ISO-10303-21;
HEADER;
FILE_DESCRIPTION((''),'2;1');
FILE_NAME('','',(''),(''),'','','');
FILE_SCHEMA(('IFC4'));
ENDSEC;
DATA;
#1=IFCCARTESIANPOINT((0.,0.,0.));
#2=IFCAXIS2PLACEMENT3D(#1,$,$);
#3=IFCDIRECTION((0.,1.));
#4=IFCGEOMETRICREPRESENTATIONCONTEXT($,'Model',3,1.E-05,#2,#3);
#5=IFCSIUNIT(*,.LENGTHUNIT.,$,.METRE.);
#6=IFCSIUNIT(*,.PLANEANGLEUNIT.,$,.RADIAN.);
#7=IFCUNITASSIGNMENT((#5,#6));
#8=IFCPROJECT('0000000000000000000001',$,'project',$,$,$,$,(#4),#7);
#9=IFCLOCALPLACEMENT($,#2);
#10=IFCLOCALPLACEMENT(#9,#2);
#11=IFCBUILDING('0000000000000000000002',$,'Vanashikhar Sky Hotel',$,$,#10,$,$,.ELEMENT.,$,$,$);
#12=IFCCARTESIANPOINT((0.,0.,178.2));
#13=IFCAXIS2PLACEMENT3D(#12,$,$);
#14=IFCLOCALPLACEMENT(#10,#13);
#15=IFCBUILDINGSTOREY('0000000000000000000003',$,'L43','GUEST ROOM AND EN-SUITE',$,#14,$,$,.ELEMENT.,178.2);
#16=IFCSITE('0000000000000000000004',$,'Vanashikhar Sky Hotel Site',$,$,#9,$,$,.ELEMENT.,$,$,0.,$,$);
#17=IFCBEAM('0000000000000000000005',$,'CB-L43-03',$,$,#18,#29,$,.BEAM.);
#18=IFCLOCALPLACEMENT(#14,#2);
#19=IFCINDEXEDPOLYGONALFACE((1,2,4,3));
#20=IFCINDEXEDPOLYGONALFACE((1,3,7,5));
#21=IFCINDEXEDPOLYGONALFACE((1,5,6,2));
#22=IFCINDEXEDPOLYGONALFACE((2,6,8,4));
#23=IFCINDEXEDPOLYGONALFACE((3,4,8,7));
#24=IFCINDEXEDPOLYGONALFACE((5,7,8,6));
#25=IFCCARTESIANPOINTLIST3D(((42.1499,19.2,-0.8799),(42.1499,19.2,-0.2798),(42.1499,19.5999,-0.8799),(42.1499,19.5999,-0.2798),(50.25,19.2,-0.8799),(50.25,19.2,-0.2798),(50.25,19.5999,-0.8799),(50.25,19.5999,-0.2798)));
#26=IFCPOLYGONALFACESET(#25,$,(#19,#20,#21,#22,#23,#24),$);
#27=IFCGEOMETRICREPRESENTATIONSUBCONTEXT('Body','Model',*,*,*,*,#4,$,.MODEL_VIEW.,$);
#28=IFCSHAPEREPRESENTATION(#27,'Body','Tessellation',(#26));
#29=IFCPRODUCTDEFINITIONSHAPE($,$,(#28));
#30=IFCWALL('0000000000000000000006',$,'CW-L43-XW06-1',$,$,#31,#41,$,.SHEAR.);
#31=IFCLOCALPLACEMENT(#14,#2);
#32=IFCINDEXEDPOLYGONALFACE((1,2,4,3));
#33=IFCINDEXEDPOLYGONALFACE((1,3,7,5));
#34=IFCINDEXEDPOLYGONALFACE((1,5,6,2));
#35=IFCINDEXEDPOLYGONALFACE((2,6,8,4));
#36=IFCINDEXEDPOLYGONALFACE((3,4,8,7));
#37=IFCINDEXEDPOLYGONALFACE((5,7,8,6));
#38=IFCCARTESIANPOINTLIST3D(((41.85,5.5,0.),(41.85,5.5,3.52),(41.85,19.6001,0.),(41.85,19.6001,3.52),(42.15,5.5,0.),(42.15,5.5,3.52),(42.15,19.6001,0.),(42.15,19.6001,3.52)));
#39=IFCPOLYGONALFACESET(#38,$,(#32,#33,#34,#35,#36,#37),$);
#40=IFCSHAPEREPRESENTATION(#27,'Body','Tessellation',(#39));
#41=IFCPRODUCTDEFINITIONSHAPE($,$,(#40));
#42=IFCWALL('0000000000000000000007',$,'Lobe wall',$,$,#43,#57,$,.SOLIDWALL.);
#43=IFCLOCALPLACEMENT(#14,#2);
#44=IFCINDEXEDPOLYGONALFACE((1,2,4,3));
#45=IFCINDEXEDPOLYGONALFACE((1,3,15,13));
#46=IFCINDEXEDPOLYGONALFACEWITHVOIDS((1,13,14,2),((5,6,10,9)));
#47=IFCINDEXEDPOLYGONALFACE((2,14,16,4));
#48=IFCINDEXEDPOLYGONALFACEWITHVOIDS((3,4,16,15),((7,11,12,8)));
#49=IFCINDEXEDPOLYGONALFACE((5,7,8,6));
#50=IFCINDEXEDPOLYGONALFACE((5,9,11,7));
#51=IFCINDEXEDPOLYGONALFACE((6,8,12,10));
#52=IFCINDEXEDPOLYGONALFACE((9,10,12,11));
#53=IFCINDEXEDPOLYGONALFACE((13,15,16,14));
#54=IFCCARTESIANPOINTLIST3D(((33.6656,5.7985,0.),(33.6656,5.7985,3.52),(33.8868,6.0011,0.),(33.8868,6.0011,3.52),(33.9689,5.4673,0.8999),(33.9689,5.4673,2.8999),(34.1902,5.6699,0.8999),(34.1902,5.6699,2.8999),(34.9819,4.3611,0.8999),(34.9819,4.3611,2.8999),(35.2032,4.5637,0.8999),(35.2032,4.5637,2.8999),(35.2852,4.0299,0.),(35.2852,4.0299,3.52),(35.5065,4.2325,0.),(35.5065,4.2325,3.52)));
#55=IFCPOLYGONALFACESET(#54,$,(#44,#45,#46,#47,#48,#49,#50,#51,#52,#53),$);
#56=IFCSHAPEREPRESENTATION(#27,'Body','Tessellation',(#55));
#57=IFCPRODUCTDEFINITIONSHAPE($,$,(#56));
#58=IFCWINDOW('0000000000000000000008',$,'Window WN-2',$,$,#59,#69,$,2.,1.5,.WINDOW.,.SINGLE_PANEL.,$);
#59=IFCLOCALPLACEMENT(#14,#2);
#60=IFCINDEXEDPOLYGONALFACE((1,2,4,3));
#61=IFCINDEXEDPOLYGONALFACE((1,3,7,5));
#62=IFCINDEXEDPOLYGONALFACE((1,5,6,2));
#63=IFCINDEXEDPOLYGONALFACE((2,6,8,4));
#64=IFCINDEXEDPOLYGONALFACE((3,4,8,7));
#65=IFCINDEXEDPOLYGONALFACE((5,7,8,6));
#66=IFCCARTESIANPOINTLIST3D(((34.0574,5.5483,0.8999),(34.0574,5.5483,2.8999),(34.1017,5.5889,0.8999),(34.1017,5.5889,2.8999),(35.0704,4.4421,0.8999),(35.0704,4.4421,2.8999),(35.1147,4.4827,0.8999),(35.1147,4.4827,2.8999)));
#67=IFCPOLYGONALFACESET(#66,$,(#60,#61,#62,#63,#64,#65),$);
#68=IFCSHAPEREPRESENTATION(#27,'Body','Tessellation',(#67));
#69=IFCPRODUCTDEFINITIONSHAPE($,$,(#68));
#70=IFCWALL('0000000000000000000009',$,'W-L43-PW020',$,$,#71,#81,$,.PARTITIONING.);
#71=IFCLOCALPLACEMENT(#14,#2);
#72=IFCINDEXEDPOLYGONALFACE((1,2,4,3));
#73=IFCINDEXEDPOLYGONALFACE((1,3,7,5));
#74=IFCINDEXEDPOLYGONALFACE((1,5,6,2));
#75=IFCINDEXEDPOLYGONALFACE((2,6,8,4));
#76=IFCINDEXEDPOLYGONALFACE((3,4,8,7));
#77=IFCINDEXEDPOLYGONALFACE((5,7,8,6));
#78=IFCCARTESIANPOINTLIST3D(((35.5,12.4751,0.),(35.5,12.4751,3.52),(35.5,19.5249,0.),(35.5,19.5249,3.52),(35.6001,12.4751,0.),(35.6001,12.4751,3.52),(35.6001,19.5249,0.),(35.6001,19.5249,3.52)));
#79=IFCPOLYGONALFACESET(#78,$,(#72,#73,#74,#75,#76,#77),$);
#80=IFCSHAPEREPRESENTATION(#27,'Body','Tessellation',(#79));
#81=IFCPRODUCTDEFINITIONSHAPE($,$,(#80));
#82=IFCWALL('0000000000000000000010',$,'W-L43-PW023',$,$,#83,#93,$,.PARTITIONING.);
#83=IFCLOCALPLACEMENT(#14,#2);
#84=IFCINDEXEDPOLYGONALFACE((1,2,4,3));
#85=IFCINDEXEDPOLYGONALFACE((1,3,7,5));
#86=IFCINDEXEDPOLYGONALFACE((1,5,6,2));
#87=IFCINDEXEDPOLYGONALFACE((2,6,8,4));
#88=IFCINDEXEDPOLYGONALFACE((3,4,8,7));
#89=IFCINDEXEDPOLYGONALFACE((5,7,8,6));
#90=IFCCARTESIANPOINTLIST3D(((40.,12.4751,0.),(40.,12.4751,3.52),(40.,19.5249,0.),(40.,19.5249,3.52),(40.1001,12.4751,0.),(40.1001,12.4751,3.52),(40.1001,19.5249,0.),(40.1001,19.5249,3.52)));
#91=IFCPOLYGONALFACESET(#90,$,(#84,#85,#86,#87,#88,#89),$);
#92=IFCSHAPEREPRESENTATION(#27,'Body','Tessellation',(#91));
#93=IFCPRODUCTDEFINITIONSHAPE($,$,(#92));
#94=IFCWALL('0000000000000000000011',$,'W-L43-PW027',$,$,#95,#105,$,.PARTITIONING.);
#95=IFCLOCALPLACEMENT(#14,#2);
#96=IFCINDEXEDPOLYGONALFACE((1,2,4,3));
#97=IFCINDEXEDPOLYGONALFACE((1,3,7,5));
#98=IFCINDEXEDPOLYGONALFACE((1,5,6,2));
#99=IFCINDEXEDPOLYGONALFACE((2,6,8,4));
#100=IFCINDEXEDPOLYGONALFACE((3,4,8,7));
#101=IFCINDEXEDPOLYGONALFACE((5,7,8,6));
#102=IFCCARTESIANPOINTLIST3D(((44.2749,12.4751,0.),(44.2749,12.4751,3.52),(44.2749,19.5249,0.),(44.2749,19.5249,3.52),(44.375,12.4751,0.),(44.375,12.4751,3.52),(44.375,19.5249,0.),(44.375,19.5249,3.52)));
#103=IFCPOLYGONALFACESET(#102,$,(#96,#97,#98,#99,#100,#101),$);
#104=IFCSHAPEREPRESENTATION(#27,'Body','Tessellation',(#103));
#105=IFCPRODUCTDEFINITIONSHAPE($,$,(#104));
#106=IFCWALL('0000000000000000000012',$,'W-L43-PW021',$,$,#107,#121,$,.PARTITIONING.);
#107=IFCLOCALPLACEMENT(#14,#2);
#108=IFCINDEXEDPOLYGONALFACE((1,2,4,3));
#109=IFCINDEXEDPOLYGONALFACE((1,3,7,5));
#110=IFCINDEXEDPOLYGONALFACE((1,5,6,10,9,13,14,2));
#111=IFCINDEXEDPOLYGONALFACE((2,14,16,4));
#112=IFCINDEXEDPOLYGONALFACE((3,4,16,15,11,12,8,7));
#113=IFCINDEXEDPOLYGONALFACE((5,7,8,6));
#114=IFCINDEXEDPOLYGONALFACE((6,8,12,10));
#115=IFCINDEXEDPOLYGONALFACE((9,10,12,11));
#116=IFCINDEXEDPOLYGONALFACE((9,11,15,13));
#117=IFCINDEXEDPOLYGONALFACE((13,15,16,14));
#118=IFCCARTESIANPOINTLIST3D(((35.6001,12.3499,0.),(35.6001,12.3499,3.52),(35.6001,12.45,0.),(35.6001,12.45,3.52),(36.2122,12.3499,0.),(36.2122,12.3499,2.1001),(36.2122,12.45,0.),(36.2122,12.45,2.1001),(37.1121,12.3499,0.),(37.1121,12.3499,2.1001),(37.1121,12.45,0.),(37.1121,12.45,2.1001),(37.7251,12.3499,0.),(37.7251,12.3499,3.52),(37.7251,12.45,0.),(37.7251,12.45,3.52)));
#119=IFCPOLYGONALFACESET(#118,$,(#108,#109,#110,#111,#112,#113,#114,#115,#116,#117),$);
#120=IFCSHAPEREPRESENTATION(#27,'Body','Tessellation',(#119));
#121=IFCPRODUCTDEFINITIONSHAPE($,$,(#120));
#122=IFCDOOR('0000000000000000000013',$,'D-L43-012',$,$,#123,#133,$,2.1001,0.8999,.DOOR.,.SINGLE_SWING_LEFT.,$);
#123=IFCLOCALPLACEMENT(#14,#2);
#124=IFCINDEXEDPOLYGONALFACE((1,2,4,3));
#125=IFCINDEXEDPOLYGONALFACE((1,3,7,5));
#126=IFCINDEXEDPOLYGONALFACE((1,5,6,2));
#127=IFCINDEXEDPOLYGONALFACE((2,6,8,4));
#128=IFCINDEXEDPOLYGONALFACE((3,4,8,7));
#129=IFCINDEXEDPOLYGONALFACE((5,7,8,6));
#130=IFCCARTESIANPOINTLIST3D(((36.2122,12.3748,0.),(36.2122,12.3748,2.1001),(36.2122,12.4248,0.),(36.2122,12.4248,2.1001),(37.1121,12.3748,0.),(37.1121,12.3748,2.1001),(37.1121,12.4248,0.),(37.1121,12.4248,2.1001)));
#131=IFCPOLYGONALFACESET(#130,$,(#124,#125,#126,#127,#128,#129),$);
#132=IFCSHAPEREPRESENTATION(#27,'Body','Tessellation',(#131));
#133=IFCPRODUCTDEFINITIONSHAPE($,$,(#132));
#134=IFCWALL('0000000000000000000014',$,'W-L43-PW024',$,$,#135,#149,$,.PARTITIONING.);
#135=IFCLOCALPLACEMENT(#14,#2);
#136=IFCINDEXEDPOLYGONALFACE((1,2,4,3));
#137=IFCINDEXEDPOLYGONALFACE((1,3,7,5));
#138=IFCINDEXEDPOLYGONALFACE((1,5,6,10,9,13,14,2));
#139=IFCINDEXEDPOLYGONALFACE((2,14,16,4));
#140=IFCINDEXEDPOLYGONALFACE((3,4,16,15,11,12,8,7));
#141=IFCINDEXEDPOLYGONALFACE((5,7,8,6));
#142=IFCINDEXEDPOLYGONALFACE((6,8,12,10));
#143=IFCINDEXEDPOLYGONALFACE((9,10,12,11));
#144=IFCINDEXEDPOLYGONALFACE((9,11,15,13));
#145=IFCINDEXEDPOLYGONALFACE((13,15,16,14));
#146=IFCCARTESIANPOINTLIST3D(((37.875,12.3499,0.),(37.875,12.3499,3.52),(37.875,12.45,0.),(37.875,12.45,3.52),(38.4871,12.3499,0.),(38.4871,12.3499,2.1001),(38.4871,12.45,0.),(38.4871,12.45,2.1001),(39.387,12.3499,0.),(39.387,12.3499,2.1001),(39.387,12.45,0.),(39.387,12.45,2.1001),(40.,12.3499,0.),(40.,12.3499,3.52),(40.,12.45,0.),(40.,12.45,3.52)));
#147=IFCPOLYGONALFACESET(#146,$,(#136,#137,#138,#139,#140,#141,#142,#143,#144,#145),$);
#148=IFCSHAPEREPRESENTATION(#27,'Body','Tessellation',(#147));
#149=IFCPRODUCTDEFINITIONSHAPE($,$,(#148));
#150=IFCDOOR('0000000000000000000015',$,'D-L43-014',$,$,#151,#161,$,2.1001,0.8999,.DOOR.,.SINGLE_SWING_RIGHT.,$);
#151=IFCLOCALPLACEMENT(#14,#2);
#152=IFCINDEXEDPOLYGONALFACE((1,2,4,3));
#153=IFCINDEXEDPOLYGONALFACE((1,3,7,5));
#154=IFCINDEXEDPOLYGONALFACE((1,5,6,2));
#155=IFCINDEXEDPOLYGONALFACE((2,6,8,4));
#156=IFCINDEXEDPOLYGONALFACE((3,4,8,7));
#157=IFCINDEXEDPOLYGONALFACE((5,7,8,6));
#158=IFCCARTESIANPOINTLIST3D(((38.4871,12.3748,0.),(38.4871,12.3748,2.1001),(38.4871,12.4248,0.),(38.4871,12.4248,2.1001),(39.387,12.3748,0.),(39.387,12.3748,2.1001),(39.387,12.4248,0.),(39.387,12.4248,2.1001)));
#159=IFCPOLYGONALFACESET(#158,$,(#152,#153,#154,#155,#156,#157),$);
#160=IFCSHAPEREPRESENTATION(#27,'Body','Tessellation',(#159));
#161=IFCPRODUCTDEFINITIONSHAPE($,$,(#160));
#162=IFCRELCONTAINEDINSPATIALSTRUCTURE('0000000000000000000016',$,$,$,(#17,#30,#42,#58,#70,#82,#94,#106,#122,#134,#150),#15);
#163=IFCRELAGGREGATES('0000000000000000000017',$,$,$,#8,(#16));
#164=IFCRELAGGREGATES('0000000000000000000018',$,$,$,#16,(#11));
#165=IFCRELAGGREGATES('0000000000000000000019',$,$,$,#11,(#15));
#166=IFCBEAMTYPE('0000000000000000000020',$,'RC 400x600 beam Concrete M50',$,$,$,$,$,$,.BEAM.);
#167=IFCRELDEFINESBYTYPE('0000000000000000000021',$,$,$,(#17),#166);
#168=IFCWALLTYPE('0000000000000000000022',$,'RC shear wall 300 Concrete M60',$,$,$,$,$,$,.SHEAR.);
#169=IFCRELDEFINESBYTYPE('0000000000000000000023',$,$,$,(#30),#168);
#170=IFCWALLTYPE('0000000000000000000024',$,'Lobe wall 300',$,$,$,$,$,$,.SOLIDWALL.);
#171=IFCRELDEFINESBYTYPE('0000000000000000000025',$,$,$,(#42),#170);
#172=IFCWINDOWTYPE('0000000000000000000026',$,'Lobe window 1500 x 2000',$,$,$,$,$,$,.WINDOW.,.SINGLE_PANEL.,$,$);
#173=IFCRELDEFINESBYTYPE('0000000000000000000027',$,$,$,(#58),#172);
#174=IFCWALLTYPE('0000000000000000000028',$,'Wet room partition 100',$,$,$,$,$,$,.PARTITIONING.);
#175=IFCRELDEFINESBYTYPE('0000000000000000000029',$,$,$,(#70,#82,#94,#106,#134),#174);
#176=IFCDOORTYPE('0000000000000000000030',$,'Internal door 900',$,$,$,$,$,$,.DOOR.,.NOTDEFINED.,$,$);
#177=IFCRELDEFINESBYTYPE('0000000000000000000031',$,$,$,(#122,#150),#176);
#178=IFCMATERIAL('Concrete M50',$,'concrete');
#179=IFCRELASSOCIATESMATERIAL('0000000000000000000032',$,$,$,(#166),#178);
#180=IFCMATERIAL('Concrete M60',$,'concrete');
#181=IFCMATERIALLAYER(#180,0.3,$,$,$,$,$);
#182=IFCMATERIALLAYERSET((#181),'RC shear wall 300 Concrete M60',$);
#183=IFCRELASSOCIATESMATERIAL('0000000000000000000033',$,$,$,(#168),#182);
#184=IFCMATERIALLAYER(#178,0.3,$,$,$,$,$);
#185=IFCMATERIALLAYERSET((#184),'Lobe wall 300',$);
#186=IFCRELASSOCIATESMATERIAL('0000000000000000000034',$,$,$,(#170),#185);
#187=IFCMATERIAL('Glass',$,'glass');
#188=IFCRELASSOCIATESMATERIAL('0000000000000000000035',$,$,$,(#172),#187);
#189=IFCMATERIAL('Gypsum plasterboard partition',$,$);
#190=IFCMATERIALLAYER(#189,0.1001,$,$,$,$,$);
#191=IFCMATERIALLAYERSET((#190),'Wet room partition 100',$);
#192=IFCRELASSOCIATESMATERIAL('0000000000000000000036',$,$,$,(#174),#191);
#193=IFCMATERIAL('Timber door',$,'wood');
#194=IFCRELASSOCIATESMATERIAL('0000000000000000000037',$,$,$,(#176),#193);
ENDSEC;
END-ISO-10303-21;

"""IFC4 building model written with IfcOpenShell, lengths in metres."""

from ifc_helpers import new_model, si_unit, direction, frame, frame_2d, origin, origin_2d, place, context, subcontext, project, spatial, rectangle, extrude, source, transform, mapped, material, layer, layer_set, material_profile, profile_set, type_object, element, fill, save


model = new_model("IFC4")

# Units and contexts
model_context = context("Model", 3, precision=1e-05, world=origin(), true_north=direction((0.0, 1.0)))
body_context = subcontext(model_context, "Body", "Model", "MODEL_VIEW")
ifc_project = project(units=[si_unit("LENGTHUNIT", "METRE"), si_unit("PLANEANGLEUNIT", "RADIAN")], contexts=[model_context])

# Site, building, storey
site_placement = place(None, origin())
site = spatial("IfcSite", under=ifc_project, at=site_placement, Name="Vanashikhar Sky Hotel Site", CompositionType="ELEMENT", RefElevation=0.0)
building_placement = place(site_placement, origin())
building = spatial("IfcBuilding", under=site, at=building_placement, Name="Vanashikhar Sky Hotel", CompositionType="ELEMENT")
storey_placement = place(building_placement, frame((0.0, 0.0, 178.2)))
storey = spatial("IfcBuildingStorey", under=building, at=storey_placement, Name="L43", Description="GUEST ROOM AND EN-SUITE", CompositionType="ELEMENT", Elevation=178.2)

# Beam
ifc_material_1 = material(Name="Concrete M50", Category="concrete")
ifc_material_profile = material_profile(ifc_material_1, rectangle(XDim=0.3999, YDim=0.6001, at=origin_2d()))
ifc_profile_set = profile_set([ifc_material_profile], Name="RC 400x600 beam Concrete M50")
beam_type = type_object("IfcBeamType", Name="RC 400x600 beam Concrete M50", PredefinedType="BEAM", material=ifc_profile_set)
shared_shape_1 = source(origin(), body_context, "Body", "SweptSolid", [
    extrude(rectangle(XDim=0.3999, YDim=0.6001, at=origin_2d()), origin(), (0.0, 0.0, 1.0), 8.1001),
])
beam_placement = place(storey_placement, frame((42.1499, 19.3999, -0.5798), z_axis=(1.0, 0.0, 0.0), x_axis=(0.0, 1.0, 0.0)))
element("IfcBeam", 1, at=beam_placement, inside=storey, type_object=beam_type, Name="CB-L43-03", PredefinedType="BEAM", context=body_context, shape_type="MappedRepresentation", body=[
    mapped(shared_shape_1, transform((0.0, 0.0, 0.0), scale=1.0)),
])

# Wall
ifc_material_2 = material(Name="Concrete M60", Category="concrete")
ifc_layer_1 = layer(ifc_material_2, 0.3)
ifc_layer_set_1 = layer_set([ifc_layer_1], Name="RC shear wall 300 Concrete M60")
wall_type_1 = type_object("IfcWallType", Name="RC shear wall 300 Concrete M60", PredefinedType="SHEAR", material=ifc_layer_set_1)
shared_shape_2 = source(origin(), body_context, "Body", "SweptSolid", [
    extrude(rectangle(XDim=14.1001, YDim=0.3, at=frame_2d((7.05, 0.0))), origin(), (0.0, 0.0, 1.0), 3.52),
])
wall_1_placement = place(storey_placement, frame((42.0, 5.5, 0.0), z_axis=(0.0, 0.0, 1.0), x_axis=(0.0, 1.0, 0.0)))
element("IfcWall", 2, at=wall_1_placement, inside=storey, type_object=wall_type_1, Name="CW-L43-XW06-1", PredefinedType="SHEAR", context=body_context, shape_type="MappedRepresentation", body=[
    mapped(shared_shape_2, transform((0.0, 0.0, 0.0), scale=1.0)),
])

# Wall, opening, window
ifc_layer_2 = layer(ifc_material_1, 0.3)
ifc_layer_set_2 = layer_set([ifc_layer_2], Name="Lobe wall 300")
wall_type_2 = type_object("IfcWallType", Name="Lobe wall 300", PredefinedType="SOLIDWALL", material=ifc_layer_set_2)
shared_shape_3 = source(origin(), body_context, "Body", "SweptSolid", [
    extrude(rectangle(XDim=2.3982, YDim=0.3, at=frame_2d((1.1992, 0.0))), origin(), (0.0, 0.0, 1.0), 3.52),
])
wall_2_placement = place(storey_placement, frame((33.7761, 5.8999, 0.0), z_axis=(0.0, 0.0, 1.0), x_axis=(0.675374, -0.737475, 0.0)))
wall_2 = element("IfcWall", 3, at=wall_2_placement, inside=storey, type_object=wall_type_2, Name="Lobe wall", PredefinedType="SOLIDWALL", context=body_context, shape_type="MappedRepresentation", body=[
    mapped(shared_shape_3, transform((0.0, 0.0, 0.0), scale=1.0)),
])
shared_shape_4 = source(origin(), body_context, "Body", "SweptSolid", [
    extrude(rectangle(XDim=1.5, YDim=2.0, at=frame_2d((0.75, 1.0))), frame((0.0, 0.1602, 0.0), z_axis=(0.0, -1.0, 0.0), x_axis=(1.0, 0.0, 0.0)), (0.0, 0.0, 1.0), 0.3201),
])
opening_1_placement = place(wall_2_placement, frame((0.4492, 0.0, 0.8999)))
opening_1 = element("IfcOpeningElement", 4, at=opening_1_placement, cuts=wall_2, PredefinedType="OPENING", context=body_context, shape_type="MappedRepresentation", body=[
    mapped(shared_shape_4, transform((0.0, 0.0, 0.0), scale=1.0)),
])
ifc_material_3 = material(Name="Glass", Category="glass")
window_type = type_object("IfcWindowType", Name="Lobe window 1500 x 2000", PartitioningType="SINGLE_PANEL", PredefinedType="WINDOW", material=ifc_material_3)
shared_shape_5 = source(origin(), body_context, "Body", "SweptSolid", [
    extrude(rectangle(XDim=1.5, YDim=2.0, at=frame_2d((0.75, 1.0))), frame((0.0, 0.03, 0.0), z_axis=(0.0, -1.0, 0.0), x_axis=(1.0, 0.0, 0.0)), (0.0, 0.0, 1.0), 0.0601),
])
window_placement = place(opening_1_placement, origin())
window = element("IfcWindow", 5, at=window_placement, inside=storey, type_object=window_type, Name="Window WN-2", OverallHeight=2.0, OverallWidth=1.5, PartitioningType="SINGLE_PANEL", PredefinedType="WINDOW", context=body_context, shape_type="MappedRepresentation", body=[
    mapped(shared_shape_5, transform((0.0, 0.0, 0.0), scale=1.0)),
])
fill(opening_1, window)

# Walls
ifc_material_4 = material(Name="Gypsum plasterboard partition")
ifc_layer_3 = layer(ifc_material_4, 0.1001)
ifc_layer_set_3 = layer_set([ifc_layer_3], Name="Wet room partition 100")
wall_type_3 = type_object("IfcWallType", Name="Wet room partition 100", PredefinedType="PARTITIONING", material=ifc_layer_set_3)
shared_shape_6 = source(origin(), body_context, "Body", "SweptSolid", [
    extrude(rectangle(XDim=7.0498, YDim=0.1001, at=frame_2d((3.5249, 0.0))), origin(), (0.0, 0.0, 1.0), 3.52),
])
for number, where, z_axis, x_axis, name in (
    (6, (35.55, 12.4751, 0.0), (0.0, 0.0, 1.0), (0.0, 1.0, 0.0), "W-L43-PW020"),
    (7, (40.05, 12.4751, 0.0), (0.0, 0.0, 1.0), (0.0, 1.0, 0.0), "W-L43-PW023"),
    (8, (44.325, 12.4751, 0.0), (0.0, 0.0, 1.0), (0.0, 1.0, 0.0), "W-L43-PW027"),
):
    element("IfcWall", number, at=place(storey_placement, frame(where, z_axis=z_axis, x_axis=x_axis)), inside=storey, type_object=wall_type_3, Name=name, PredefinedType="PARTITIONING", context=body_context, shape_type="MappedRepresentation", body=[
        mapped(shared_shape_6, transform((0.0, 0.0, 0.0), scale=1.0)),
    ])

# Walls, openings, doors
shared_shape_7 = source(origin(), body_context, "Body", "SweptSolid", [
    extrude(rectangle(XDim=2.125, YDim=0.1001, at=frame_2d((1.0625, 0.0))), origin(), (0.0, 0.0, 1.0), 3.52),
])
wall_3_placement = place(storey_placement, frame((35.6001, 12.3999, 0.0), z_axis=(0.0, 0.0, 1.0), x_axis=(1.0, 0.0, 0.0)))
wall_3 = element("IfcWall", 9, at=wall_3_placement, inside=storey, type_object=wall_type_3, Name="W-L43-PW021", PredefinedType="PARTITIONING", context=body_context, shape_type="MappedRepresentation", body=[
    mapped(shared_shape_7, transform((0.0, 0.0, 0.0), scale=1.0)),
])
shared_shape_8 = source(origin(), body_context, "Body", "SweptSolid", [
    extrude(rectangle(XDim=0.8999, YDim=2.1001, at=frame_2d((0.45, 1.05))), frame((0.0, 0.0601, 0.0), z_axis=(0.0, -1.0, 0.0), x_axis=(1.0, 0.0, 0.0)), (0.0, 0.0, 1.0), 0.1201),
])
opening_2_placement = place(wall_3_placement, frame((0.6121, 0.0, 0.0)))
opening_2 = element("IfcOpeningElement", 10, at=opening_2_placement, cuts=wall_3, PredefinedType="OPENING", context=body_context, shape_type="MappedRepresentation", body=[
    mapped(shared_shape_8, transform((0.0, 0.0, 0.0), scale=1.0)),
])
ifc_material_5 = material(Name="Timber door", Category="wood")
door_type_1 = type_object("IfcDoorType", Name="Internal door 900", OperationType="NOTDEFINED", PredefinedType="DOOR", material=ifc_material_5)
shared_shape_9 = source(origin(), body_context, "Body", "SweptSolid", [
    extrude(rectangle(XDim=0.8999, YDim=2.1001, at=frame_2d((0.45, 1.05))), frame((0.0, 0.0249, 0.0), z_axis=(0.0, -1.0, 0.0), x_axis=(1.0, 0.0, 0.0)), (0.0, 0.0, 1.0), 0.05),
])
door_1_placement = place(opening_2_placement, origin())
door_1 = element("IfcDoor", 11, at=door_1_placement, inside=storey, type_object=door_type_1, Name="D-L43-012", OperationType="SINGLE_SWING_LEFT", OverallHeight=2.1001, OverallWidth=0.8999, PredefinedType="DOOR", context=body_context, shape_type="MappedRepresentation", body=[
    mapped(shared_shape_9, transform((0.0, 0.0, 0.0), scale=1.0)),
])
fill(opening_2, door_1)
wall_4_placement = place(storey_placement, frame((37.875, 12.3999, 0.0), z_axis=(0.0, 0.0, 1.0), x_axis=(1.0, 0.0, 0.0)))
wall_4 = element("IfcWall", 12, at=wall_4_placement, inside=storey, type_object=wall_type_3, Name="W-L43-PW024", PredefinedType="PARTITIONING", context=body_context, shape_type="MappedRepresentation", body=[
    mapped(shared_shape_7, transform((0.0, 0.0, 0.0), scale=1.0)),
])
opening_3_placement = place(wall_4_placement, frame((0.6121, 0.0, 0.0)))
opening_3 = element("IfcOpeningElement", 13, at=opening_3_placement, cuts=wall_4, PredefinedType="OPENING", context=body_context, shape_type="MappedRepresentation", body=[
    mapped(shared_shape_8, transform((0.0, 0.0, 0.0), scale=1.0)),
])
door_2_placement = place(opening_3_placement, origin())
door_2 = element("IfcDoor", 14, at=door_2_placement, inside=storey, type_object=door_type_1, Name="D-L43-014", OperationType="SINGLE_SWING_RIGHT", OverallHeight=2.1001, OverallWidth=0.8999, PredefinedType="DOOR", context=body_context, shape_type="MappedRepresentation", body=[
    mapped(shared_shape_9, transform((0.0, 0.0, 0.0), scale=1.0)),
])
fill(opening_3, door_2)

save(model, "model.ifc")
